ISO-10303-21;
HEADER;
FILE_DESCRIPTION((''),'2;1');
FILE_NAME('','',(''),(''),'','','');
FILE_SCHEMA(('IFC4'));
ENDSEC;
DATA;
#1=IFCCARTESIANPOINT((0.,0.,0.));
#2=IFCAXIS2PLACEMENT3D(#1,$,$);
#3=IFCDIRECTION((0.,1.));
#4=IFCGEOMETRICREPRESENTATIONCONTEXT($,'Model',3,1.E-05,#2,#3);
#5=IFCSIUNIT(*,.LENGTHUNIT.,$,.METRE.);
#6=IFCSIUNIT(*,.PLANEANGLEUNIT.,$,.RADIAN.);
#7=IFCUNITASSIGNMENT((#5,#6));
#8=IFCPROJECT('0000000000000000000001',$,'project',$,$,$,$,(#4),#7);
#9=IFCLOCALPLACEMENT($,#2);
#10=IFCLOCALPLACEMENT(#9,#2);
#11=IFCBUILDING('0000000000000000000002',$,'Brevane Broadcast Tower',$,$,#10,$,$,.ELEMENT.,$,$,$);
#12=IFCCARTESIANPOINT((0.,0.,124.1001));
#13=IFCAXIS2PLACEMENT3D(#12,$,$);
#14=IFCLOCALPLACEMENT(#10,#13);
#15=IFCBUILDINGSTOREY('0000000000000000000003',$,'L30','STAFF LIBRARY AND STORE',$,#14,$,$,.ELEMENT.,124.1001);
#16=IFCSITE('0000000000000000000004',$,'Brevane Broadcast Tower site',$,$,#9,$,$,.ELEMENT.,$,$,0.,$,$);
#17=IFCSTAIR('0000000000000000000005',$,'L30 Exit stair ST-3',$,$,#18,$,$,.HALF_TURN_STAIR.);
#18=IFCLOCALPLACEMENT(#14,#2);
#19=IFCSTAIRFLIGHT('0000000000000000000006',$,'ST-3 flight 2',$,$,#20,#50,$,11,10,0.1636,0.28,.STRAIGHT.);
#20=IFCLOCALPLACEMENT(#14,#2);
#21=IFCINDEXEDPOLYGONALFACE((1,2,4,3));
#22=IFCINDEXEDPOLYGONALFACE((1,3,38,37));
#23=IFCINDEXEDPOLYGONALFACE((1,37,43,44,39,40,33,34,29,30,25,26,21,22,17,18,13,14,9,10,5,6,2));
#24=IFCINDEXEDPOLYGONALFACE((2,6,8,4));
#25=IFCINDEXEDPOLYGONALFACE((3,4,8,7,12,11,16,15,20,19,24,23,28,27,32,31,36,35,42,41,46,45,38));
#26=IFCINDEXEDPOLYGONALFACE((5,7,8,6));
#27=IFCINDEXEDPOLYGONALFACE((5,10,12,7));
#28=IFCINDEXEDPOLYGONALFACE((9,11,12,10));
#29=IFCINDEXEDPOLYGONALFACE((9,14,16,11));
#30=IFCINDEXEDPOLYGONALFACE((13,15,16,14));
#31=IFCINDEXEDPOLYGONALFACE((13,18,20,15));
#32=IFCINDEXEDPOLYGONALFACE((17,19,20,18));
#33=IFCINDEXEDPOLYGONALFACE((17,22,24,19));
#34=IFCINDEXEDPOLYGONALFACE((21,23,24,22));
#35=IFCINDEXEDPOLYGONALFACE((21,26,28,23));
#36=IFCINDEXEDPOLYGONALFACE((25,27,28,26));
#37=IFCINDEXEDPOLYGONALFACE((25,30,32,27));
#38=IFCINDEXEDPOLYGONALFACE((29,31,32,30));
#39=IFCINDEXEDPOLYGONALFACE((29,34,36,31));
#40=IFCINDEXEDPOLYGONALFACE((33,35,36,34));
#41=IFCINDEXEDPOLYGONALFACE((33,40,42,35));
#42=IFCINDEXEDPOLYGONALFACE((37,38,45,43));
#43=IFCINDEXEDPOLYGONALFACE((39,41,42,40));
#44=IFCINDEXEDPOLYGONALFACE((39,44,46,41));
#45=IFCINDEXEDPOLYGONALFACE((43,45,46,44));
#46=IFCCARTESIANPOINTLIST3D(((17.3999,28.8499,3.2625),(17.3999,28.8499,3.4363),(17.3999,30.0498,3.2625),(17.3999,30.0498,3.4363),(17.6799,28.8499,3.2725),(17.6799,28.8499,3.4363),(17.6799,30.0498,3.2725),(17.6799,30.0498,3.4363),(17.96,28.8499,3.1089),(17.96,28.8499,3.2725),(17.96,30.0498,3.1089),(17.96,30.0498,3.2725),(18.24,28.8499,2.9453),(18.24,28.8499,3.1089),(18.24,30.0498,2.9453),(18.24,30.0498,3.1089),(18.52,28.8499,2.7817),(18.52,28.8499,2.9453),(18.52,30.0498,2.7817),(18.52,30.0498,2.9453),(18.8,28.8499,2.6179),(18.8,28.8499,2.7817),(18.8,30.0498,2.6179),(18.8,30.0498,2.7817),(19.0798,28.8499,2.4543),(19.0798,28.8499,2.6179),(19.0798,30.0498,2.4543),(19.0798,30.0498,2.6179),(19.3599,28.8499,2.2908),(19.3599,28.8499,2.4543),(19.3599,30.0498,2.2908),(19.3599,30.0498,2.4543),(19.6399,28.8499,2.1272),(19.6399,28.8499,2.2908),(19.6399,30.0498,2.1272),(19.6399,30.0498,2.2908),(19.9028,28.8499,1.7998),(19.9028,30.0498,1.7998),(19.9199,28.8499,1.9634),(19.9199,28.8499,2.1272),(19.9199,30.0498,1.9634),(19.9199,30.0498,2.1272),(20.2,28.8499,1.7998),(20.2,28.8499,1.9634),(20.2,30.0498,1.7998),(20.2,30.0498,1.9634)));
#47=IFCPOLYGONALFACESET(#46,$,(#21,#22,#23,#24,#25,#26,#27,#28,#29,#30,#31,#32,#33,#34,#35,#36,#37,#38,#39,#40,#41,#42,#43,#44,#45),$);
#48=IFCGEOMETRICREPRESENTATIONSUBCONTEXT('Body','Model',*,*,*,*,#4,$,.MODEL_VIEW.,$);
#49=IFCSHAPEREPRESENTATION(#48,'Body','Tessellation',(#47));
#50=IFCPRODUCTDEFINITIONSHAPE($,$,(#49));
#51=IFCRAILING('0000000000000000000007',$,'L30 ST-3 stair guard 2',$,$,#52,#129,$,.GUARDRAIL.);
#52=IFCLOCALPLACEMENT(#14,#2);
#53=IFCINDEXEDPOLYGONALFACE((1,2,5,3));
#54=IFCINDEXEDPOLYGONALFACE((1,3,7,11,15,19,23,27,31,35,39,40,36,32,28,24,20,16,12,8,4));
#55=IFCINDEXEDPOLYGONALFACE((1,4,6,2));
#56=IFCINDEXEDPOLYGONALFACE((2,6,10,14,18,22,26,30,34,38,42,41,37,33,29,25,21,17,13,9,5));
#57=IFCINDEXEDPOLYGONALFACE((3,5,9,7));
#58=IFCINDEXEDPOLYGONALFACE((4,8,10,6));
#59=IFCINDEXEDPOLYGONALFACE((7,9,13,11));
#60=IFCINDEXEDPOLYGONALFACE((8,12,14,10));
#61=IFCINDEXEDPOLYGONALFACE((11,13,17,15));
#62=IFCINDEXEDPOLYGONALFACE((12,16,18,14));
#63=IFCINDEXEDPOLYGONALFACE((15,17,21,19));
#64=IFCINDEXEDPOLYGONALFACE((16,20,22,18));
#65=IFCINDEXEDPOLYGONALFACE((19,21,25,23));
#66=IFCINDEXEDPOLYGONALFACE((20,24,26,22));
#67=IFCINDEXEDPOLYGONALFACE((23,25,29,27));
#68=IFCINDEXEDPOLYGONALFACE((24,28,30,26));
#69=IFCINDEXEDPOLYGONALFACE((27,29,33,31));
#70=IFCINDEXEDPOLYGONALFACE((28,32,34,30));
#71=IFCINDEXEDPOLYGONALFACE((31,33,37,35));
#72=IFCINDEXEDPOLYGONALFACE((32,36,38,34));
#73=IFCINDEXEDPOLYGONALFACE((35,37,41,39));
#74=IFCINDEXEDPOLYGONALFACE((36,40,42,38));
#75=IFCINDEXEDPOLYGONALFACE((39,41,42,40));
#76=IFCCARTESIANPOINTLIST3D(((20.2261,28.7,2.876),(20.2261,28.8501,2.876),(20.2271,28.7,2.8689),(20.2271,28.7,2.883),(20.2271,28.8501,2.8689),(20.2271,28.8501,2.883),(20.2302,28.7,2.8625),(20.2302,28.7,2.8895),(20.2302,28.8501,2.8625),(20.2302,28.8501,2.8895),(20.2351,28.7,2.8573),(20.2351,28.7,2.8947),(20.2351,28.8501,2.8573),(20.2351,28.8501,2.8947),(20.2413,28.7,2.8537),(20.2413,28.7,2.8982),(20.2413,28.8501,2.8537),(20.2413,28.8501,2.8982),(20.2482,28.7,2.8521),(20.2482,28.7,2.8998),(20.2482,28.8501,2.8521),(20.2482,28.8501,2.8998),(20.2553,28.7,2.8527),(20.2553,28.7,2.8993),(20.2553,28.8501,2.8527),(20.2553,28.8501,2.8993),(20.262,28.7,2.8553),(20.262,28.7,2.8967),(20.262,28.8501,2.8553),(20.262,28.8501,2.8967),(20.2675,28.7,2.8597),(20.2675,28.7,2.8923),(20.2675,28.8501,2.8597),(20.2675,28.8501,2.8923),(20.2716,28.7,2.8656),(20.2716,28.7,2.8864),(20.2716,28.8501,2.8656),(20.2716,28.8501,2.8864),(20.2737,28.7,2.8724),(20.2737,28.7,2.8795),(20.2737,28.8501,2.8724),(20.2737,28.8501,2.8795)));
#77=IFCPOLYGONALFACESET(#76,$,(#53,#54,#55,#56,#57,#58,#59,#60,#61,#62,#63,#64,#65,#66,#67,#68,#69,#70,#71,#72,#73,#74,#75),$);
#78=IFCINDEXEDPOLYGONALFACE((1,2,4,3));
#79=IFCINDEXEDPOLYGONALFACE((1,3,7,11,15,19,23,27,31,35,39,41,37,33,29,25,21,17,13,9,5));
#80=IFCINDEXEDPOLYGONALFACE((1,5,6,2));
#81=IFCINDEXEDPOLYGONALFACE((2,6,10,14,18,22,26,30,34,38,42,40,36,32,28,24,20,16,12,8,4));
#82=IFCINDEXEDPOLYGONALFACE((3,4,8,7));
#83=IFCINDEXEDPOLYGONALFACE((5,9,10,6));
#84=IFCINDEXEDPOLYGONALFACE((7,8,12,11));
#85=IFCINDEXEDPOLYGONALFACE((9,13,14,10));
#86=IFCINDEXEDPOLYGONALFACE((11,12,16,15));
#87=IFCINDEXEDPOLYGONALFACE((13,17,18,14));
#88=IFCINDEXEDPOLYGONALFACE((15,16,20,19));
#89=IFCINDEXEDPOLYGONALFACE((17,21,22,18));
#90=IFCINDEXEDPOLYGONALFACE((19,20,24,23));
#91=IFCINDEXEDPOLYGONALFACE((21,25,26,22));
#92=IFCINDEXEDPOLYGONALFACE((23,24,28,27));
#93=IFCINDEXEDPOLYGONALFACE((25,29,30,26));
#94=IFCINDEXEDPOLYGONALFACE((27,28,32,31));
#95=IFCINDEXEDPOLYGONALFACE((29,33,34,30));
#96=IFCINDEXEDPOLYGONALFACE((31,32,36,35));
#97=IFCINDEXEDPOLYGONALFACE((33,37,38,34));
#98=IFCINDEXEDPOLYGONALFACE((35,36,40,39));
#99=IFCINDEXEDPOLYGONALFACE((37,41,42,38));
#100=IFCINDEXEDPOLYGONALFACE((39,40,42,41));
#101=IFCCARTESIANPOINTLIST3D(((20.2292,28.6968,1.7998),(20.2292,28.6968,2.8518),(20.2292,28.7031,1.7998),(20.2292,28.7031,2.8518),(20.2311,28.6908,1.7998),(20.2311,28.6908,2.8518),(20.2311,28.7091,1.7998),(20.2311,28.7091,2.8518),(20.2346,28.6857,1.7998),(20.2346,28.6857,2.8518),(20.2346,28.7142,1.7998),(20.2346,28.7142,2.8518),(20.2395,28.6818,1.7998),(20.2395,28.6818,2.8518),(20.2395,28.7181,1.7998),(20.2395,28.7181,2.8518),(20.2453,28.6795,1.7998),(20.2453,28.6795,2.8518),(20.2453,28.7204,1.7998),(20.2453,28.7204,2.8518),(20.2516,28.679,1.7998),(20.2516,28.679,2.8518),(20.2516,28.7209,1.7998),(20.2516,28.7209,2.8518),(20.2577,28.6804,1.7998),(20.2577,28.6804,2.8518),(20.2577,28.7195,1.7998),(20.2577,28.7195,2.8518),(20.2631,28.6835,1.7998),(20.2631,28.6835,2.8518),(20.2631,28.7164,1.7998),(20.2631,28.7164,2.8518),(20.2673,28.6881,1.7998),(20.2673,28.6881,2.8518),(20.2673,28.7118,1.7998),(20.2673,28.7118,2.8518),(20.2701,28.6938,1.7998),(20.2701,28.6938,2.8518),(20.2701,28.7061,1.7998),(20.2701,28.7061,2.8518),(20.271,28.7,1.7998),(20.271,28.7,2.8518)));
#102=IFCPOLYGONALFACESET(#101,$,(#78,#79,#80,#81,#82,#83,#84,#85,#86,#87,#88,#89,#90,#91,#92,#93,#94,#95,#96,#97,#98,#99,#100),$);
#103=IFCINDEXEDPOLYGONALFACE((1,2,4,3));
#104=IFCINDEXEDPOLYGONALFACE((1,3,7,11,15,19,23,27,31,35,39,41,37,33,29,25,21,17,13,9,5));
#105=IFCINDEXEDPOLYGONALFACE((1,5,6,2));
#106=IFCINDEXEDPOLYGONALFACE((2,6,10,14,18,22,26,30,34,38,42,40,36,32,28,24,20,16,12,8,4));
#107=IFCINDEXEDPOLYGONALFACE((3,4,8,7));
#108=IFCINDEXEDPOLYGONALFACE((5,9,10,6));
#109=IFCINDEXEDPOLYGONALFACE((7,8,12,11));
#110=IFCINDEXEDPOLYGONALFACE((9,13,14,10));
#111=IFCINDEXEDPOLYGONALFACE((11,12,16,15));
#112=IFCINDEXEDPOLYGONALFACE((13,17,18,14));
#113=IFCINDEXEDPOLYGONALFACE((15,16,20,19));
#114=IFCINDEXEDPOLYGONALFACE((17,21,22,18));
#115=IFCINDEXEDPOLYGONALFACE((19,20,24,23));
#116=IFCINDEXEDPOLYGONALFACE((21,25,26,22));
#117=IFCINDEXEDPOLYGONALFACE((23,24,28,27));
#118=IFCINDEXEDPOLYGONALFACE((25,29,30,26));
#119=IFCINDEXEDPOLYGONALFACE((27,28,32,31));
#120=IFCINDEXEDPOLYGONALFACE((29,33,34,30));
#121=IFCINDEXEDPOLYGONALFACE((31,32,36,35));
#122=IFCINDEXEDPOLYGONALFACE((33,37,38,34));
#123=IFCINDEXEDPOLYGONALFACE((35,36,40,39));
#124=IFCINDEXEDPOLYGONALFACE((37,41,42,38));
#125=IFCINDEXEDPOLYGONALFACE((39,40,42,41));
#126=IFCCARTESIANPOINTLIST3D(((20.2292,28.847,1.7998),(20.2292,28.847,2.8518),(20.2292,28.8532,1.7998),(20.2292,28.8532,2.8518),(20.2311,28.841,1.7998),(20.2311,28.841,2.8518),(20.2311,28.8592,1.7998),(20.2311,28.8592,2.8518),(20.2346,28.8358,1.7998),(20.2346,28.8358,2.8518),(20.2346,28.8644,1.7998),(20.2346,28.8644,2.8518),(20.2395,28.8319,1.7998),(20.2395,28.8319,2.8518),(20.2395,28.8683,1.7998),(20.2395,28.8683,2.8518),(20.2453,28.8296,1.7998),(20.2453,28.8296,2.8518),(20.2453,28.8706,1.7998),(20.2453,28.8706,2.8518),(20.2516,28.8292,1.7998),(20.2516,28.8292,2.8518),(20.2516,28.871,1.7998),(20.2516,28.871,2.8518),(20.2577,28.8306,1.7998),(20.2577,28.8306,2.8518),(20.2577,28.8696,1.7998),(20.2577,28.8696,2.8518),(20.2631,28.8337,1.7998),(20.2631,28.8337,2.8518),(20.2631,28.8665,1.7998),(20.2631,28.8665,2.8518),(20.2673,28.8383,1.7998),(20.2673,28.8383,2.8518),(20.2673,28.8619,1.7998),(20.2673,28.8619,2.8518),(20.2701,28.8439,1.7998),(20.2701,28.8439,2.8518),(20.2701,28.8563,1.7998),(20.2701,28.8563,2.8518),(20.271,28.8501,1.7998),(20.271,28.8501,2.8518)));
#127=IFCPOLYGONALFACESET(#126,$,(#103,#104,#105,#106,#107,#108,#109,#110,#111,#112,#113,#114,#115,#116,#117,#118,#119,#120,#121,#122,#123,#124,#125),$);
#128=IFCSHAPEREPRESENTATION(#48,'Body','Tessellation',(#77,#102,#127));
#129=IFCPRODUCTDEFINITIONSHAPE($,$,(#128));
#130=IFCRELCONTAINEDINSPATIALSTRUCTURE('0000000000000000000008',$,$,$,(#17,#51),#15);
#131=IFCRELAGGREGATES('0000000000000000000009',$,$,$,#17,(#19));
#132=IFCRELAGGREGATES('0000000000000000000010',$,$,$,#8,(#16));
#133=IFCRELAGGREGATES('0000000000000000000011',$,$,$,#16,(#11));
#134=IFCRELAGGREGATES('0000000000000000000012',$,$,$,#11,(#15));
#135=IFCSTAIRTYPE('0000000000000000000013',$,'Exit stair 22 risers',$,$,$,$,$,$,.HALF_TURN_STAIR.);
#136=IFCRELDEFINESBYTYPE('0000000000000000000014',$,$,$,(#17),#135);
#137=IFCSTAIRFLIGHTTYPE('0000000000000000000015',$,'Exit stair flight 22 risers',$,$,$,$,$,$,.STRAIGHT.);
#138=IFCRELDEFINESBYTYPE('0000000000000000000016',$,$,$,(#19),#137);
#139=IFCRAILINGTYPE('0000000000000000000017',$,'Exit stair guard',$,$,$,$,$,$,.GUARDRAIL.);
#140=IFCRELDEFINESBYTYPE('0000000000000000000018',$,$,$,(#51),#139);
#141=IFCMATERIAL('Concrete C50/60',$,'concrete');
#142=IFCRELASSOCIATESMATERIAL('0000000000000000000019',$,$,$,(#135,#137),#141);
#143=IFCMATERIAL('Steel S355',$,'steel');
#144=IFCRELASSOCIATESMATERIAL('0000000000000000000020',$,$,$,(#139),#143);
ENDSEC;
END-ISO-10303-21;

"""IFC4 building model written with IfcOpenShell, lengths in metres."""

from ifc_helpers import new_model, si_unit, direction, frame, origin, origin_2d, place, context, subcontext, project, spatial, polyline, circle, outline, extrude, material, type_object, element, aggregate, save


model = new_model("IFC4")

# Units and contexts
model_context = context("Model", 3, precision=1e-05, world=origin(), true_north=direction((0.0, 1.0)))
body_context = subcontext(model_context, "Body", "Model", "MODEL_VIEW")
ifc_project = project(units=[si_unit("LENGTHUNIT", "METRE"), si_unit("PLANEANGLEUNIT", "RADIAN")], contexts=[model_context])

# Site, building, storey
site_placement = place(None, origin())
site = spatial("IfcSite", under=ifc_project, at=site_placement, Name="Brevane Broadcast Tower site", CompositionType="ELEMENT", RefElevation=0.0)
building_placement = place(site_placement, origin())
building = spatial("IfcBuilding", under=site, at=building_placement, Name="Brevane Broadcast Tower", CompositionType="ELEMENT")
storey_placement = place(building_placement, frame((0.0, 0.0, 124.1001)))
storey = spatial("IfcBuildingStorey", under=building, at=storey_placement, Name="L30", Description="STAFF LIBRARY AND STORE", CompositionType="ELEMENT", Elevation=124.1001)

# Stair, stair flight
ifc_material_1 = material(Name="Concrete C50/60", Category="concrete")
stair_type = type_object("IfcStairType", Name="Exit stair 22 risers", PredefinedType="HALF_TURN_STAIR", material=ifc_material_1)
stair_placement = place(storey_placement, origin())
stair = element("IfcStair", 1, at=stair_placement, inside=storey, type_object=stair_type, Name="L30 Exit stair ST-3", PredefinedType="HALF_TURN_STAIR")
stair_flight_type = type_object("IfcStairFlightType", Name="Exit stair flight 22 risers", PredefinedType="STRAIGHT", material=ifc_material_1)
stair_flight_placement = place(storey_placement, frame((20.2, 29.45, 1.7998), z_axis=(0.0, 0.0, 1.0), x_axis=(-1.0, 0.0, 0.0)))
stair_flight = element("IfcStairFlight", 2, at=stair_flight_placement, type_object=stair_flight_type, Name="ST-3 flight 2", NumberOfRisers=11, NumberOfTreads=10, PredefinedType="STRAIGHT", RiserHeight=0.1636, TreadLength=0.28, context=body_context, shape_type="SweptSolid", body=[
    extrude(outline(polyline([(0.0, 0.0), (0.0, 0.1636), (0.28, 0.1636), (0.28, 0.3274), (0.5601, 0.3274), (0.5601, 0.491), (0.8401, 0.491), (0.8401, 0.6545), (1.1201, 0.6545), (1.1201, 0.8181), (1.3999, 0.8181), (1.3999, 0.9819), (1.6799, 0.9819), (1.6799, 1.1455), (1.96, 1.1455), (1.96, 1.3091), (2.24, 1.3091), (2.24, 1.4727), (2.52, 1.4727), (2.52, 1.6365), (2.8, 1.6365), (2.8, 1.8), (2.8, 1.4626), (0.2971, 0.0), (0.0, 0.0)])), frame((0.0, 0.6001, 0.0), z_axis=(0.0, -1.0, 0.0), x_axis=(1.0, 0.0, 0.0)), (0.0, 0.0, 1.0), 1.2),
])
aggregate(stair, [stair_flight])

# Railing
ifc_material_2 = material(Name="Steel S355", Category="steel")
railing_type_1 = type_object("IfcRailingType", Name="Exit stair guard", PredefinedType="GUARDRAIL", material=ifc_material_2)
railing_1_placement = place(storey_placement, frame((20.25, 28.7, 1.7998)))
element("IfcRailing", 3, at=railing_1_placement, inside=storey, type_object=railing_type_1, Name="L30 ST-3 stair guard 2", PredefinedType="GUARDRAIL", context=body_context, shape_type="SweptSolid", body=[
    extrude(circle(Radius=0.0239, at=origin_2d()), frame((0.0, 0.0, 1.0762), z_axis=(0.0, 1.0, 0.0), x_axis=(-1.0, 0.0, 0.0)), (0.0, 0.0, 1.0), 0.1501),
    extrude(circle(Radius=0.021, at=origin_2d()), origin(), (0.0, 0.0, 1.0), 1.052),
    extrude(circle(Radius=0.021, at=origin_2d()), frame((0.0, 0.1501, 0.0)), (0.0, 0.0, 1.0), 1.052),
])

save(model, "model.ifc")
